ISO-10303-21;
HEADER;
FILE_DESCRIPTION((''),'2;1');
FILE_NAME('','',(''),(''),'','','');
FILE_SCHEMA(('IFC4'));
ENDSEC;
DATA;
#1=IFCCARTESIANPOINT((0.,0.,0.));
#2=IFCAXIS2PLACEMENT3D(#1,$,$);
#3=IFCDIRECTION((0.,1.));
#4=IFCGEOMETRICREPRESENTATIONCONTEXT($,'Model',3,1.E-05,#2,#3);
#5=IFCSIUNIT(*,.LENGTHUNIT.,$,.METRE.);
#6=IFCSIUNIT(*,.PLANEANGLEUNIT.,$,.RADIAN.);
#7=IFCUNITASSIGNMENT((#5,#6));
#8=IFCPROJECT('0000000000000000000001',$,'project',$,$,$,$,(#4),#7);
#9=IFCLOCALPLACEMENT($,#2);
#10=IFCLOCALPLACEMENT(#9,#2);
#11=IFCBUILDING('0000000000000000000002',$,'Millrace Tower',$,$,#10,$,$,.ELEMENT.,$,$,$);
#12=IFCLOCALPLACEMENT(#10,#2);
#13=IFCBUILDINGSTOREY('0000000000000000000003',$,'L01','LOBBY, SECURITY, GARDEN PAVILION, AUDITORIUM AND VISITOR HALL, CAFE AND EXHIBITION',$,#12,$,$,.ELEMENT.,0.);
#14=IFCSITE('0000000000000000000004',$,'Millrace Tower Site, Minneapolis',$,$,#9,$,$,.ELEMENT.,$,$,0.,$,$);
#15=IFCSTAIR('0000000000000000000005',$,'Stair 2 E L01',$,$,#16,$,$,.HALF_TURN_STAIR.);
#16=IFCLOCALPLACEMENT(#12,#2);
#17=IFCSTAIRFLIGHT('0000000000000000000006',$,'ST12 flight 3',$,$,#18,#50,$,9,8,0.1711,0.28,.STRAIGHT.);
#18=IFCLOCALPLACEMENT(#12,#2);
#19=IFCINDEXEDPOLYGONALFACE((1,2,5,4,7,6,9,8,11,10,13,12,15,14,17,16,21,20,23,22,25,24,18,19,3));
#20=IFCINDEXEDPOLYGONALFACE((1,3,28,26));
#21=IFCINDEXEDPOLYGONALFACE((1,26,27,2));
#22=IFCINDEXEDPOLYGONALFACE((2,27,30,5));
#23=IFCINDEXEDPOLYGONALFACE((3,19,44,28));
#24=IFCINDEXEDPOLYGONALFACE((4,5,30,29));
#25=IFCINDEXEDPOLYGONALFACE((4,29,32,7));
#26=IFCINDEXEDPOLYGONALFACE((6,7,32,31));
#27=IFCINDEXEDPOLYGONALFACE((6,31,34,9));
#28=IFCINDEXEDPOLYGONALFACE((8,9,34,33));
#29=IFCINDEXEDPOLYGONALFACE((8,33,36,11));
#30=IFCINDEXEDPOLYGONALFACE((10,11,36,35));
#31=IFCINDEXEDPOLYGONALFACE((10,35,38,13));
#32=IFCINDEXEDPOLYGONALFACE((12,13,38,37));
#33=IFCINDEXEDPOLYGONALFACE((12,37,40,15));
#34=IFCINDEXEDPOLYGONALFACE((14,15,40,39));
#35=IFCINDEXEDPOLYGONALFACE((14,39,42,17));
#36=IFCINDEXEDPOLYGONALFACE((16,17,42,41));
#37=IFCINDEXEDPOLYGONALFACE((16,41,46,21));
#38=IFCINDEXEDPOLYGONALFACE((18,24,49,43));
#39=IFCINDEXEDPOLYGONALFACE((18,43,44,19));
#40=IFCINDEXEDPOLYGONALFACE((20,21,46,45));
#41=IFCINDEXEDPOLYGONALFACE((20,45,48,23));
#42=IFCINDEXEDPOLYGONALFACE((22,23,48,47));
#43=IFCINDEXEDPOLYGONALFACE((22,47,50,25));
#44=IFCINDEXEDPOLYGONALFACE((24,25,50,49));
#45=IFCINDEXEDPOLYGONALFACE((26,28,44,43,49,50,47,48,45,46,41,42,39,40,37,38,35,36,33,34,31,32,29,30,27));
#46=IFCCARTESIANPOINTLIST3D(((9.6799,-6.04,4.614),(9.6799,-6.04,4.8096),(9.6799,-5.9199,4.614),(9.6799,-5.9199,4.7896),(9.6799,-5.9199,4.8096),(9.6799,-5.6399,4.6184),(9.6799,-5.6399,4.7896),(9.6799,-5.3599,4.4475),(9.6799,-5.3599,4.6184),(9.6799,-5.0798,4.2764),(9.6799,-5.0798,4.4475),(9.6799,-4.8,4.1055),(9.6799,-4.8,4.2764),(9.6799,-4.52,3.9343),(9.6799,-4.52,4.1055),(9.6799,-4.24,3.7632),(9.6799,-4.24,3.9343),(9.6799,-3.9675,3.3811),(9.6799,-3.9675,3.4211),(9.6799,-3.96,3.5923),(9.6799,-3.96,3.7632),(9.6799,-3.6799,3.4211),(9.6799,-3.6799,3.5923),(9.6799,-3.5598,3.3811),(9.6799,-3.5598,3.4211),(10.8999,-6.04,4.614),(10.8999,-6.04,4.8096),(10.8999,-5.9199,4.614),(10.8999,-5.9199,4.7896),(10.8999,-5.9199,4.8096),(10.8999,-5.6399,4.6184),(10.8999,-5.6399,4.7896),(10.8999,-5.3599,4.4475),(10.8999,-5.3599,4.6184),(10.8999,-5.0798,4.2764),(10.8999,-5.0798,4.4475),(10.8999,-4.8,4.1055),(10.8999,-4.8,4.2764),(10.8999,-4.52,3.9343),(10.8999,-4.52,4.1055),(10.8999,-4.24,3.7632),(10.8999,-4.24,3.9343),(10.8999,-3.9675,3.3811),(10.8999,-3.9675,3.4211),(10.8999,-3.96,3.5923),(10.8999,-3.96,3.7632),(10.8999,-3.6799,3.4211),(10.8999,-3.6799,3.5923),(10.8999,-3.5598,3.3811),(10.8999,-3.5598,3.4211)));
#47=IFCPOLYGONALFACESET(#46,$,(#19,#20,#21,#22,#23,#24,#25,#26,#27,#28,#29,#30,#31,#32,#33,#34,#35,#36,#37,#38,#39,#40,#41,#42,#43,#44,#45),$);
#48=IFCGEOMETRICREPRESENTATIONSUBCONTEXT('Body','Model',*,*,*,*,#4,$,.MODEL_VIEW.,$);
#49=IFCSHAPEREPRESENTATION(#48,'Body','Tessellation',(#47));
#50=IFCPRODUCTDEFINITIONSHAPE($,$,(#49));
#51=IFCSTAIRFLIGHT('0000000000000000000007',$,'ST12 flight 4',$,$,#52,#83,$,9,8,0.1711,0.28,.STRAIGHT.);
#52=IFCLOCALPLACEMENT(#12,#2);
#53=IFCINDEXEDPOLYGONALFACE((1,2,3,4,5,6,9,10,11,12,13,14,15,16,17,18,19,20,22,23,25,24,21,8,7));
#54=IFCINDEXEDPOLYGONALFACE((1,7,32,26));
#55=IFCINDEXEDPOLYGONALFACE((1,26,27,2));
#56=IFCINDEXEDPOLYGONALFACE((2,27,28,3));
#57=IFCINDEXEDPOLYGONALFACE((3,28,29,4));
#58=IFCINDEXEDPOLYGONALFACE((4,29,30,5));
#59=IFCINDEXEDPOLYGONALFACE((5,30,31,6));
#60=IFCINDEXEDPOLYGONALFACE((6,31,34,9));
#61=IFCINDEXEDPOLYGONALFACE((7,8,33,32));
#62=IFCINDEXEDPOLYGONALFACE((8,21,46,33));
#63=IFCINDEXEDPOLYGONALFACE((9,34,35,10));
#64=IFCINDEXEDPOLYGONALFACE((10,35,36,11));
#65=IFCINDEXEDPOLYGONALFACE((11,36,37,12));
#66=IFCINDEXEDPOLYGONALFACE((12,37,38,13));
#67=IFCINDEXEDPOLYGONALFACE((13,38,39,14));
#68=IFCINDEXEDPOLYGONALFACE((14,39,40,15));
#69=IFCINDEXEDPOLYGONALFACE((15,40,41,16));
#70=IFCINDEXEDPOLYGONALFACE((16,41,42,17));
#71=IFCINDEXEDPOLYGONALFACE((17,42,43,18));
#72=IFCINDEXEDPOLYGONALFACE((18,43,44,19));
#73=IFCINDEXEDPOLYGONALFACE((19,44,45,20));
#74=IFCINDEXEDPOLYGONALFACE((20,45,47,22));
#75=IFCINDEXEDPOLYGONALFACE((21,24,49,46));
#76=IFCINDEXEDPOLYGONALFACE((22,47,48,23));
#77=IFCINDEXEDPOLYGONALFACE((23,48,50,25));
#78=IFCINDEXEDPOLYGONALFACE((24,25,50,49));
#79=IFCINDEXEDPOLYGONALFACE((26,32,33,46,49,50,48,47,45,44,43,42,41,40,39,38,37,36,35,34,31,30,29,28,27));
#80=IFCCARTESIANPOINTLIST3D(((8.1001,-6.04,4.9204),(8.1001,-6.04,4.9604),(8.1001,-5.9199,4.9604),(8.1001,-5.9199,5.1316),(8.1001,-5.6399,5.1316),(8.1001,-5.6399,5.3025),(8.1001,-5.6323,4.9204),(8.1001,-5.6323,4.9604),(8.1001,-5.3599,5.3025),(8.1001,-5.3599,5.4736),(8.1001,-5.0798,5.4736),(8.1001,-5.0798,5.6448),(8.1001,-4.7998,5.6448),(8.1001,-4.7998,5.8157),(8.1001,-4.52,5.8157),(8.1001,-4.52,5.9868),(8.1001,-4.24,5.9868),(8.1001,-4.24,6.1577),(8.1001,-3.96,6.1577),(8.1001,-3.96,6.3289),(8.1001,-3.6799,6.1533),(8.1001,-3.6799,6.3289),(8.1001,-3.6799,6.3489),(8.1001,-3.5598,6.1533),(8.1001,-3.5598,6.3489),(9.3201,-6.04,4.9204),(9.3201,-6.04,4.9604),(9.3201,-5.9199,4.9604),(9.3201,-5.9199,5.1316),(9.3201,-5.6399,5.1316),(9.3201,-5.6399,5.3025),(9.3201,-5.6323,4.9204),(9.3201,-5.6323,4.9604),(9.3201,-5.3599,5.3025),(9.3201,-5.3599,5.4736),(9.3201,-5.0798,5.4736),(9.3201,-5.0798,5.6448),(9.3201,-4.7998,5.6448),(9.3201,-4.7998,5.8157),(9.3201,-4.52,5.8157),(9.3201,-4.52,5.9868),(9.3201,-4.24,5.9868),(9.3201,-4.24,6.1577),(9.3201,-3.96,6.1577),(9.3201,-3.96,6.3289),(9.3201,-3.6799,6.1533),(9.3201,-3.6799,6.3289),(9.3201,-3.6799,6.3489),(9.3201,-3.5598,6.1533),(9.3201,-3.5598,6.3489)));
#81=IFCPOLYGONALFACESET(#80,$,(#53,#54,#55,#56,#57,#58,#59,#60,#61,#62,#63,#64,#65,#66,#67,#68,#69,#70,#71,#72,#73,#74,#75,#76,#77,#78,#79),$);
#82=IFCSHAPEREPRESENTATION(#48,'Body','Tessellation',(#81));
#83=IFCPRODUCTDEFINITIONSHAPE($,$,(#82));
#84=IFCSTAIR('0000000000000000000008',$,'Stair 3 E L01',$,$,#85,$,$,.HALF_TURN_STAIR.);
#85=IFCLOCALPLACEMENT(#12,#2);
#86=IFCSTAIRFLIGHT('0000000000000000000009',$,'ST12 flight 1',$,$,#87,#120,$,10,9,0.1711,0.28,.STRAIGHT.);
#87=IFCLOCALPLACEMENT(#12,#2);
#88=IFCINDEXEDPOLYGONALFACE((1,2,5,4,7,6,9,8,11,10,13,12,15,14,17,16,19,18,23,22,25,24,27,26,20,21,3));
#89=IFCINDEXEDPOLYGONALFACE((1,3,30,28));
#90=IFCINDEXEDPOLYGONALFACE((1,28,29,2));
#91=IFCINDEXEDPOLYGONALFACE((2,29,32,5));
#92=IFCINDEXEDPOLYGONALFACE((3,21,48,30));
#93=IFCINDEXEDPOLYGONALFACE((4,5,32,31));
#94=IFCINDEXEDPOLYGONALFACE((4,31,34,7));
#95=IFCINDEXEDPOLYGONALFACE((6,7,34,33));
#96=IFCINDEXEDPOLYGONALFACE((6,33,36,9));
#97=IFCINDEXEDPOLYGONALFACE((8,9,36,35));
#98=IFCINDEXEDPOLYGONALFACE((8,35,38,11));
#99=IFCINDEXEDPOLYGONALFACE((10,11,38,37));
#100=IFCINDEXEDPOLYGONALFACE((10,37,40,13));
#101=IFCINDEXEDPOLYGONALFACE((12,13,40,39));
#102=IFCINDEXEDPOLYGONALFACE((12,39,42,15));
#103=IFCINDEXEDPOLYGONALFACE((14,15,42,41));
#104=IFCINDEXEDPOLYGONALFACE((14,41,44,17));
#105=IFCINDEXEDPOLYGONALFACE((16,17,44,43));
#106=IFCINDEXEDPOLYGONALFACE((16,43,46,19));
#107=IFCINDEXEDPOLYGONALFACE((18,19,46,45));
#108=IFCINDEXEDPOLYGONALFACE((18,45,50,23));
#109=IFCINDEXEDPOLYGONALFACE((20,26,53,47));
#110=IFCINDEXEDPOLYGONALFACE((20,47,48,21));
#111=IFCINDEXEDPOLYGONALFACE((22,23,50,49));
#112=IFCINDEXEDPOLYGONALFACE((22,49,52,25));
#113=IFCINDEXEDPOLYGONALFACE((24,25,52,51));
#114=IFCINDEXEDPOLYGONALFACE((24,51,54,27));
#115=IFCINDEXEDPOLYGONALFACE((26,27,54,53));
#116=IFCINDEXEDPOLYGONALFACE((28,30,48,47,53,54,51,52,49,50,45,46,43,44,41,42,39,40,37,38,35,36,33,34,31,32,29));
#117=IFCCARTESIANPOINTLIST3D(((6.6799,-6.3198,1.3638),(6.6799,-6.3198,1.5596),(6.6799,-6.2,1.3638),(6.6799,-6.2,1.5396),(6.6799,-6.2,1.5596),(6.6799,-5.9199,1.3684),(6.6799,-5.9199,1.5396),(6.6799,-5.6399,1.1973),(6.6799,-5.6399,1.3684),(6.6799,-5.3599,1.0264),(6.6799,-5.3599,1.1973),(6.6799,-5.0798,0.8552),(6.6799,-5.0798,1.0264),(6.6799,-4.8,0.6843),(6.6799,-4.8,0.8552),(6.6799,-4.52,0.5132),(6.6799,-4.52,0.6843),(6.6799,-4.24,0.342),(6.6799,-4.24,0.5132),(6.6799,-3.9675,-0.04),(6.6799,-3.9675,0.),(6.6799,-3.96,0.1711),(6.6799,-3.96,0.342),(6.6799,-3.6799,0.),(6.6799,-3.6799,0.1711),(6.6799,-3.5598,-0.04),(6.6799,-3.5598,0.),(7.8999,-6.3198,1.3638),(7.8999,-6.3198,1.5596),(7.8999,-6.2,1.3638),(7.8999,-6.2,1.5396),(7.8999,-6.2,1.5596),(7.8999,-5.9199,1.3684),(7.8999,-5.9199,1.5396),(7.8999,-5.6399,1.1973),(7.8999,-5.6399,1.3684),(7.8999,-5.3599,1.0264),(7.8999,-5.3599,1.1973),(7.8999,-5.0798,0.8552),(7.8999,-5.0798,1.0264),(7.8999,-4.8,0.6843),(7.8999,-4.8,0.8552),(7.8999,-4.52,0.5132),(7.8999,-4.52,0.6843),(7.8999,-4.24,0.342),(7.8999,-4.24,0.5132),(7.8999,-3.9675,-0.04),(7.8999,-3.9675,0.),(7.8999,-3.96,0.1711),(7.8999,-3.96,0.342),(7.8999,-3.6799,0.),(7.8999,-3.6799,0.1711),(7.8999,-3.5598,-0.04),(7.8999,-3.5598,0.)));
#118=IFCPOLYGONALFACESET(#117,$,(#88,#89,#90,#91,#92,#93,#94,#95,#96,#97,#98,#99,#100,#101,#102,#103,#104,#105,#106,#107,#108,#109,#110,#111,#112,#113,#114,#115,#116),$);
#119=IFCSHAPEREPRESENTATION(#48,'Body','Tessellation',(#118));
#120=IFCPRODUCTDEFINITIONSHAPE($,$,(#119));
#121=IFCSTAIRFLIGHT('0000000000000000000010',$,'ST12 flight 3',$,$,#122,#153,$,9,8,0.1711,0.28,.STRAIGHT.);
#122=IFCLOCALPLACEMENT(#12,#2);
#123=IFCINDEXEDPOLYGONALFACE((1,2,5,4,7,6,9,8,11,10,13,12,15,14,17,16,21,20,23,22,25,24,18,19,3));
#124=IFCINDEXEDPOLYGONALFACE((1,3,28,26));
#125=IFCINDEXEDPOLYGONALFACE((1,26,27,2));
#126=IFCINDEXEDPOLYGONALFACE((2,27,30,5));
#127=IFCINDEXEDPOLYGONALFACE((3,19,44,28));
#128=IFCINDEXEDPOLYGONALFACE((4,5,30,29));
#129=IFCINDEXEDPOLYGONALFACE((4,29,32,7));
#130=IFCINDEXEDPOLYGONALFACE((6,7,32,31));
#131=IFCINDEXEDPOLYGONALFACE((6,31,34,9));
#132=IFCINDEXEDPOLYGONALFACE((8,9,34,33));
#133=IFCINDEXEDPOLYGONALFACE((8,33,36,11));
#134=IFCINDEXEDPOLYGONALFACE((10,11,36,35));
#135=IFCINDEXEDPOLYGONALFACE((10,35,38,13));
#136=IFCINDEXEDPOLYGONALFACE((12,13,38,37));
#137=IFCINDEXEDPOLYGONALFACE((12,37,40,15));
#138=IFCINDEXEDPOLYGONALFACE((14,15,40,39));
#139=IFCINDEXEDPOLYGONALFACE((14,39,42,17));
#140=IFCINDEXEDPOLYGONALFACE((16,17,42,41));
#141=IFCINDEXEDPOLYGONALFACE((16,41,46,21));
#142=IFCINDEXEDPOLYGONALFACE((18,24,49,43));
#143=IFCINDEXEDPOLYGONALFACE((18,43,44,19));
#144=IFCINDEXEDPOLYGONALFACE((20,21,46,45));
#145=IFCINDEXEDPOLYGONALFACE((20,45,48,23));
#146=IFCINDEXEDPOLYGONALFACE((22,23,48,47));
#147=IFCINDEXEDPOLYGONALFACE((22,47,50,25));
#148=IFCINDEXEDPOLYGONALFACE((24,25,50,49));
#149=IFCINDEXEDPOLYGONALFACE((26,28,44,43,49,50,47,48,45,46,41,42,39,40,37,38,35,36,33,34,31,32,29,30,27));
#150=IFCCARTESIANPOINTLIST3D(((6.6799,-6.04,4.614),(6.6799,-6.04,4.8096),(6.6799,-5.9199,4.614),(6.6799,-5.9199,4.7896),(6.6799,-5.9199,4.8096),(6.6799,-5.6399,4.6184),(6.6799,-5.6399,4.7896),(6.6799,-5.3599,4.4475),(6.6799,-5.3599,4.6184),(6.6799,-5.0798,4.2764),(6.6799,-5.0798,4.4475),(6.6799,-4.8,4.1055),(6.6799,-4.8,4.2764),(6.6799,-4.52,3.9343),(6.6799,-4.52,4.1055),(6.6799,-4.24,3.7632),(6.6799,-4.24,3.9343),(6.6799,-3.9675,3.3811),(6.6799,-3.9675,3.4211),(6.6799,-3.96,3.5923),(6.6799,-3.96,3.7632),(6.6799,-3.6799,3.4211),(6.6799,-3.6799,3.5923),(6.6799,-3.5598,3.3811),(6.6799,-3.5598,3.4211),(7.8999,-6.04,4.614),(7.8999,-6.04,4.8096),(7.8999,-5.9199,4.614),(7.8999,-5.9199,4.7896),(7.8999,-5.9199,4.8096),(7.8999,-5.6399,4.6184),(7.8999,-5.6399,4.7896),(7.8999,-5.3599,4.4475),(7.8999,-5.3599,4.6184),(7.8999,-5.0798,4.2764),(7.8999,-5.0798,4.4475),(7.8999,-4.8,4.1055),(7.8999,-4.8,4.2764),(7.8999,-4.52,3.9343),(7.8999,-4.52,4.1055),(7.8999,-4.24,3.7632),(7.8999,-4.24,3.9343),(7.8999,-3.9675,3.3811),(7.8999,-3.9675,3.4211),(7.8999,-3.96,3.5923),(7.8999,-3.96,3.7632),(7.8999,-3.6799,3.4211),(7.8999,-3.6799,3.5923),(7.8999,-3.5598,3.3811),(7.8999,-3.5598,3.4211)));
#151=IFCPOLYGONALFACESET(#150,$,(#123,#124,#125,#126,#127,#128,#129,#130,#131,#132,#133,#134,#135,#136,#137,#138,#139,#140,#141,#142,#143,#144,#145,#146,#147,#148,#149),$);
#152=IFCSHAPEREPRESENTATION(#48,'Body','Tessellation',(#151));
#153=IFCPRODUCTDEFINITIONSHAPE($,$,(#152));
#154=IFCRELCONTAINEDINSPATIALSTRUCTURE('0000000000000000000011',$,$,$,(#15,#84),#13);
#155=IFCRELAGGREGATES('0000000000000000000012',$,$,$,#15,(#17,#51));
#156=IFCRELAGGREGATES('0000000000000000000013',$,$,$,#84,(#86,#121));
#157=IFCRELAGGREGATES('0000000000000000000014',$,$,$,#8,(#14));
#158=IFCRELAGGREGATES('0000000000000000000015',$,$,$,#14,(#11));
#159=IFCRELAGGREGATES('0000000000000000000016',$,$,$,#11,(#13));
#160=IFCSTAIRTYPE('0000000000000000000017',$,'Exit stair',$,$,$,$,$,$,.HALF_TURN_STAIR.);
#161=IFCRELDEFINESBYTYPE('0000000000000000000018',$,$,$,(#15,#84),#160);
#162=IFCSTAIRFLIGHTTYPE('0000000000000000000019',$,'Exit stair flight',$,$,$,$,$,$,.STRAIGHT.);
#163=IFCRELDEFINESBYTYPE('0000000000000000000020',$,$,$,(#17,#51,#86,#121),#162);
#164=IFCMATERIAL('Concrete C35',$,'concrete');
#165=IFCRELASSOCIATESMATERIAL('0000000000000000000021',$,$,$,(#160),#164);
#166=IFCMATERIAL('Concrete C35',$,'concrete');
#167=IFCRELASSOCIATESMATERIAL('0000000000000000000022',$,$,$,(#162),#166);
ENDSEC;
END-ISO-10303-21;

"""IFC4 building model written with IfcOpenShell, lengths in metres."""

from ifc_helpers import new_model, si_unit, direction, frame, origin, place, context, subcontext, project, spatial, polyline, outline, extrude, material, type_object, element, aggregate, save


model = new_model("IFC4")

# Units and contexts
model_context = context("Model", 3, precision=1e-05, world=origin(), true_north=direction((0.0, 1.0)))
body_context = subcontext(model_context, "Body", "Model", "MODEL_VIEW")
ifc_project = project(units=[si_unit("LENGTHUNIT", "METRE"), si_unit("PLANEANGLEUNIT", "RADIAN")], contexts=[model_context])

# Site, building, storey
site_placement = place(None, origin())
site = spatial("IfcSite", under=ifc_project, at=site_placement, Name="Millrace Tower Site, Minneapolis", CompositionType="ELEMENT", RefElevation=0.0)
building_placement = place(site_placement, origin())
building = spatial("IfcBuilding", under=site, at=building_placement, Name="Millrace Tower", CompositionType="ELEMENT")
storey_placement = place(building_placement, origin())
storey = spatial("IfcBuildingStorey", under=building, at=storey_placement, Name="L01", Description="LOBBY, SECURITY, GARDEN PAVILION, AUDITORIUM AND VISITOR HALL, CAFE AND EXHIBITION", CompositionType="ELEMENT", Elevation=0.0)

# Stairs, stair flights
ifc_material_1 = material(Name="Concrete C35", Category="concrete")
stair_type = type_object("IfcStairType", Name="Exit stair", PredefinedType="HALF_TURN_STAIR", material=ifc_material_1)
placement = place(storey_placement, origin())
ifc_material_2 = material(Name="Concrete C35", Category="concrete")
stair_flight_type = type_object("IfcStairFlightType", Name="Exit stair flight", PredefinedType="STRAIGHT", material=ifc_material_2)
stair_1 = element("IfcStair", 1, at=placement, inside=storey, type_object=stair_type, Name="Stair 2 E L01", PredefinedType="HALF_TURN_STAIR")
stair_flight_1_placement = place(storey_placement, frame((10.29, -3.6799, 3.4211), z_axis=(0.0, 0.0, 1.0), x_axis=(0.0, -1.0, 0.0)))
stair_flight_1 = element("IfcStairFlight", 2, at=stair_flight_1_placement, type_object=stair_flight_type, Name="ST12 flight 3", NumberOfRisers=9, NumberOfTreads=8, PredefinedType="STRAIGHT", RiserHeight=0.1711, TreadLength=0.28, context=body_context, shape_type="SweptSolid", body=[
    extrude(outline(polyline([(-0.1201, -0.04), (-0.1201, 0.0), (0.0, 0.0), (0.0, 0.1711), (0.28, 0.1711), (0.28, 0.342), (0.5601, 0.342), (0.5601, 0.5132), (0.8401, 0.5132), (0.8401, 0.6843), (1.1201, 0.6843), (1.1201, 0.8552), (1.3999, 0.8552), (1.3999, 1.0264), (1.6799, 1.0264), (1.6799, 1.1973), (1.96, 1.1973), (1.96, 1.3684), (2.24, 1.3684), (2.24, 1.3884), (2.3601, 1.3884), (2.3601, 1.1929), (2.24, 1.1929), (0.2876, 0.0), (0.2876, -0.04), (-0.1201, -0.04)])), frame((0.0, 0.6099, 0.0), z_axis=(0.0, -1.0, 0.0), x_axis=(1.0, 0.0, 0.0)), (0.0, 0.0, 1.0), 1.22),
])
stair_flight_2_placement = place(storey_placement, frame((8.71, -5.9199, 4.9604), z_axis=(0.0, 0.0, 1.0), x_axis=(0.0, 1.0, 0.0)))
stair_flight_2 = element("IfcStairFlight", 3, at=stair_flight_2_placement, type_object=stair_flight_type, Name="ST12 flight 4", NumberOfRisers=9, NumberOfTreads=8, PredefinedType="STRAIGHT", RiserHeight=0.1711, TreadLength=0.28, context=body_context, shape_type="SweptSolid", body=[
    extrude(outline(polyline([(-0.1201, -0.04), (-0.1201, 0.0), (0.0, 0.0), (0.0, 0.1711), (0.28, 0.1711), (0.28, 0.342), (0.5601, 0.342), (0.5601, 0.5132), (0.8401, 0.5132), (0.8401, 0.6843), (1.1201, 0.6843), (1.1201, 0.8552), (1.3999, 0.8552), (1.3999, 1.0264), (1.6799, 1.0264), (1.6799, 1.1973), (1.96, 1.1973), (1.96, 1.3684), (2.24, 1.3684), (2.24, 1.3884), (2.3601, 1.3884), (2.3601, 1.1929), (2.24, 1.1929), (0.2876, 0.0), (0.2876, -0.04), (-0.1201, -0.04)])), frame((0.0, 0.6099, 0.0), z_axis=(0.0, -1.0, 0.0), x_axis=(1.0, 0.0, 0.0)), (0.0, 0.0, 1.0), 1.22),
])
aggregate(stair_1, [stair_flight_1, stair_flight_2])
stair_2 = element("IfcStair", 4, at=placement, inside=storey, type_object=stair_type, Name="Stair 3 E L01", PredefinedType="HALF_TURN_STAIR")
stair_flight_3_placement = place(storey_placement, frame((7.29, -3.6799, 0.0), z_axis=(0.0, 0.0, 1.0), x_axis=(0.0, -1.0, 0.0)))
stair_flight_3 = element("IfcStairFlight", 5, at=stair_flight_3_placement, type_object=stair_flight_type, Name="ST12 flight 1", NumberOfRisers=10, NumberOfTreads=9, PredefinedType="STRAIGHT", RiserHeight=0.1711, TreadLength=0.28, context=body_context, shape_type="SweptSolid", body=[
    extrude(outline(polyline([(-0.1201, -0.04), (-0.1201, 0.0), (0.0, 0.0), (0.0, 0.1711), (0.28, 0.1711), (0.28, 0.342), (0.5601, 0.342), (0.5601, 0.5132), (0.8401, 0.5132), (0.8401, 0.6843), (1.1201, 0.6843), (1.1201, 0.8552), (1.3999, 0.8552), (1.3999, 1.0264), (1.6799, 1.0264), (1.6799, 1.1973), (1.96, 1.1973), (1.96, 1.3684), (2.24, 1.3684), (2.24, 1.5396), (2.52, 1.5396), (2.52, 1.5596), (2.6399, 1.5596), (2.6399, 1.3638), (2.52, 1.3638), (0.2876, 0.0), (0.2876, -0.04), (-0.1201, -0.04)])), frame((0.0, 0.6099, 0.0), z_axis=(0.0, -1.0, 0.0), x_axis=(1.0, 0.0, 0.0)), (0.0, 0.0, 1.0), 1.22),
])
stair_flight_4_placement = place(storey_placement, frame((7.29, -3.6799, 3.4211), z_axis=(0.0, 0.0, 1.0), x_axis=(0.0, -1.0, 0.0)))
stair_flight_4 = element("IfcStairFlight", 6, at=stair_flight_4_placement, type_object=stair_flight_type, Name="ST12 flight 3", NumberOfRisers=9, NumberOfTreads=8, PredefinedType="STRAIGHT", RiserHeight=0.1711, TreadLength=0.28, context=body_context, shape_type="SweptSolid", body=[
    extrude(outline(polyline([(-0.1201, -0.04), (-0.1201, 0.0), (0.0, 0.0), (0.0, 0.1711), (0.28, 0.1711), (0.28, 0.342), (0.5601, 0.342), (0.5601, 0.5132), (0.8401, 0.5132), (0.8401, 0.6843), (1.1201, 0.6843), (1.1201, 0.8552), (1.3999, 0.8552), (1.3999, 1.0264), (1.6799, 1.0264), (1.6799, 1.1973), (1.96, 1.1973), (1.96, 1.3684), (2.24, 1.3684), (2.24, 1.3884), (2.3601, 1.3884), (2.3601, 1.1929), (2.24, 1.1929), (0.2876, 0.0), (0.2876, -0.04), (-0.1201, -0.04)])), frame((0.0, 0.6099, 0.0), z_axis=(0.0, -1.0, 0.0), x_axis=(1.0, 0.0, 0.0)), (0.0, 0.0, 1.0), 1.22),
])
aggregate(stair_2, [stair_flight_3, stair_flight_4])

save(model, "model.ifc")
